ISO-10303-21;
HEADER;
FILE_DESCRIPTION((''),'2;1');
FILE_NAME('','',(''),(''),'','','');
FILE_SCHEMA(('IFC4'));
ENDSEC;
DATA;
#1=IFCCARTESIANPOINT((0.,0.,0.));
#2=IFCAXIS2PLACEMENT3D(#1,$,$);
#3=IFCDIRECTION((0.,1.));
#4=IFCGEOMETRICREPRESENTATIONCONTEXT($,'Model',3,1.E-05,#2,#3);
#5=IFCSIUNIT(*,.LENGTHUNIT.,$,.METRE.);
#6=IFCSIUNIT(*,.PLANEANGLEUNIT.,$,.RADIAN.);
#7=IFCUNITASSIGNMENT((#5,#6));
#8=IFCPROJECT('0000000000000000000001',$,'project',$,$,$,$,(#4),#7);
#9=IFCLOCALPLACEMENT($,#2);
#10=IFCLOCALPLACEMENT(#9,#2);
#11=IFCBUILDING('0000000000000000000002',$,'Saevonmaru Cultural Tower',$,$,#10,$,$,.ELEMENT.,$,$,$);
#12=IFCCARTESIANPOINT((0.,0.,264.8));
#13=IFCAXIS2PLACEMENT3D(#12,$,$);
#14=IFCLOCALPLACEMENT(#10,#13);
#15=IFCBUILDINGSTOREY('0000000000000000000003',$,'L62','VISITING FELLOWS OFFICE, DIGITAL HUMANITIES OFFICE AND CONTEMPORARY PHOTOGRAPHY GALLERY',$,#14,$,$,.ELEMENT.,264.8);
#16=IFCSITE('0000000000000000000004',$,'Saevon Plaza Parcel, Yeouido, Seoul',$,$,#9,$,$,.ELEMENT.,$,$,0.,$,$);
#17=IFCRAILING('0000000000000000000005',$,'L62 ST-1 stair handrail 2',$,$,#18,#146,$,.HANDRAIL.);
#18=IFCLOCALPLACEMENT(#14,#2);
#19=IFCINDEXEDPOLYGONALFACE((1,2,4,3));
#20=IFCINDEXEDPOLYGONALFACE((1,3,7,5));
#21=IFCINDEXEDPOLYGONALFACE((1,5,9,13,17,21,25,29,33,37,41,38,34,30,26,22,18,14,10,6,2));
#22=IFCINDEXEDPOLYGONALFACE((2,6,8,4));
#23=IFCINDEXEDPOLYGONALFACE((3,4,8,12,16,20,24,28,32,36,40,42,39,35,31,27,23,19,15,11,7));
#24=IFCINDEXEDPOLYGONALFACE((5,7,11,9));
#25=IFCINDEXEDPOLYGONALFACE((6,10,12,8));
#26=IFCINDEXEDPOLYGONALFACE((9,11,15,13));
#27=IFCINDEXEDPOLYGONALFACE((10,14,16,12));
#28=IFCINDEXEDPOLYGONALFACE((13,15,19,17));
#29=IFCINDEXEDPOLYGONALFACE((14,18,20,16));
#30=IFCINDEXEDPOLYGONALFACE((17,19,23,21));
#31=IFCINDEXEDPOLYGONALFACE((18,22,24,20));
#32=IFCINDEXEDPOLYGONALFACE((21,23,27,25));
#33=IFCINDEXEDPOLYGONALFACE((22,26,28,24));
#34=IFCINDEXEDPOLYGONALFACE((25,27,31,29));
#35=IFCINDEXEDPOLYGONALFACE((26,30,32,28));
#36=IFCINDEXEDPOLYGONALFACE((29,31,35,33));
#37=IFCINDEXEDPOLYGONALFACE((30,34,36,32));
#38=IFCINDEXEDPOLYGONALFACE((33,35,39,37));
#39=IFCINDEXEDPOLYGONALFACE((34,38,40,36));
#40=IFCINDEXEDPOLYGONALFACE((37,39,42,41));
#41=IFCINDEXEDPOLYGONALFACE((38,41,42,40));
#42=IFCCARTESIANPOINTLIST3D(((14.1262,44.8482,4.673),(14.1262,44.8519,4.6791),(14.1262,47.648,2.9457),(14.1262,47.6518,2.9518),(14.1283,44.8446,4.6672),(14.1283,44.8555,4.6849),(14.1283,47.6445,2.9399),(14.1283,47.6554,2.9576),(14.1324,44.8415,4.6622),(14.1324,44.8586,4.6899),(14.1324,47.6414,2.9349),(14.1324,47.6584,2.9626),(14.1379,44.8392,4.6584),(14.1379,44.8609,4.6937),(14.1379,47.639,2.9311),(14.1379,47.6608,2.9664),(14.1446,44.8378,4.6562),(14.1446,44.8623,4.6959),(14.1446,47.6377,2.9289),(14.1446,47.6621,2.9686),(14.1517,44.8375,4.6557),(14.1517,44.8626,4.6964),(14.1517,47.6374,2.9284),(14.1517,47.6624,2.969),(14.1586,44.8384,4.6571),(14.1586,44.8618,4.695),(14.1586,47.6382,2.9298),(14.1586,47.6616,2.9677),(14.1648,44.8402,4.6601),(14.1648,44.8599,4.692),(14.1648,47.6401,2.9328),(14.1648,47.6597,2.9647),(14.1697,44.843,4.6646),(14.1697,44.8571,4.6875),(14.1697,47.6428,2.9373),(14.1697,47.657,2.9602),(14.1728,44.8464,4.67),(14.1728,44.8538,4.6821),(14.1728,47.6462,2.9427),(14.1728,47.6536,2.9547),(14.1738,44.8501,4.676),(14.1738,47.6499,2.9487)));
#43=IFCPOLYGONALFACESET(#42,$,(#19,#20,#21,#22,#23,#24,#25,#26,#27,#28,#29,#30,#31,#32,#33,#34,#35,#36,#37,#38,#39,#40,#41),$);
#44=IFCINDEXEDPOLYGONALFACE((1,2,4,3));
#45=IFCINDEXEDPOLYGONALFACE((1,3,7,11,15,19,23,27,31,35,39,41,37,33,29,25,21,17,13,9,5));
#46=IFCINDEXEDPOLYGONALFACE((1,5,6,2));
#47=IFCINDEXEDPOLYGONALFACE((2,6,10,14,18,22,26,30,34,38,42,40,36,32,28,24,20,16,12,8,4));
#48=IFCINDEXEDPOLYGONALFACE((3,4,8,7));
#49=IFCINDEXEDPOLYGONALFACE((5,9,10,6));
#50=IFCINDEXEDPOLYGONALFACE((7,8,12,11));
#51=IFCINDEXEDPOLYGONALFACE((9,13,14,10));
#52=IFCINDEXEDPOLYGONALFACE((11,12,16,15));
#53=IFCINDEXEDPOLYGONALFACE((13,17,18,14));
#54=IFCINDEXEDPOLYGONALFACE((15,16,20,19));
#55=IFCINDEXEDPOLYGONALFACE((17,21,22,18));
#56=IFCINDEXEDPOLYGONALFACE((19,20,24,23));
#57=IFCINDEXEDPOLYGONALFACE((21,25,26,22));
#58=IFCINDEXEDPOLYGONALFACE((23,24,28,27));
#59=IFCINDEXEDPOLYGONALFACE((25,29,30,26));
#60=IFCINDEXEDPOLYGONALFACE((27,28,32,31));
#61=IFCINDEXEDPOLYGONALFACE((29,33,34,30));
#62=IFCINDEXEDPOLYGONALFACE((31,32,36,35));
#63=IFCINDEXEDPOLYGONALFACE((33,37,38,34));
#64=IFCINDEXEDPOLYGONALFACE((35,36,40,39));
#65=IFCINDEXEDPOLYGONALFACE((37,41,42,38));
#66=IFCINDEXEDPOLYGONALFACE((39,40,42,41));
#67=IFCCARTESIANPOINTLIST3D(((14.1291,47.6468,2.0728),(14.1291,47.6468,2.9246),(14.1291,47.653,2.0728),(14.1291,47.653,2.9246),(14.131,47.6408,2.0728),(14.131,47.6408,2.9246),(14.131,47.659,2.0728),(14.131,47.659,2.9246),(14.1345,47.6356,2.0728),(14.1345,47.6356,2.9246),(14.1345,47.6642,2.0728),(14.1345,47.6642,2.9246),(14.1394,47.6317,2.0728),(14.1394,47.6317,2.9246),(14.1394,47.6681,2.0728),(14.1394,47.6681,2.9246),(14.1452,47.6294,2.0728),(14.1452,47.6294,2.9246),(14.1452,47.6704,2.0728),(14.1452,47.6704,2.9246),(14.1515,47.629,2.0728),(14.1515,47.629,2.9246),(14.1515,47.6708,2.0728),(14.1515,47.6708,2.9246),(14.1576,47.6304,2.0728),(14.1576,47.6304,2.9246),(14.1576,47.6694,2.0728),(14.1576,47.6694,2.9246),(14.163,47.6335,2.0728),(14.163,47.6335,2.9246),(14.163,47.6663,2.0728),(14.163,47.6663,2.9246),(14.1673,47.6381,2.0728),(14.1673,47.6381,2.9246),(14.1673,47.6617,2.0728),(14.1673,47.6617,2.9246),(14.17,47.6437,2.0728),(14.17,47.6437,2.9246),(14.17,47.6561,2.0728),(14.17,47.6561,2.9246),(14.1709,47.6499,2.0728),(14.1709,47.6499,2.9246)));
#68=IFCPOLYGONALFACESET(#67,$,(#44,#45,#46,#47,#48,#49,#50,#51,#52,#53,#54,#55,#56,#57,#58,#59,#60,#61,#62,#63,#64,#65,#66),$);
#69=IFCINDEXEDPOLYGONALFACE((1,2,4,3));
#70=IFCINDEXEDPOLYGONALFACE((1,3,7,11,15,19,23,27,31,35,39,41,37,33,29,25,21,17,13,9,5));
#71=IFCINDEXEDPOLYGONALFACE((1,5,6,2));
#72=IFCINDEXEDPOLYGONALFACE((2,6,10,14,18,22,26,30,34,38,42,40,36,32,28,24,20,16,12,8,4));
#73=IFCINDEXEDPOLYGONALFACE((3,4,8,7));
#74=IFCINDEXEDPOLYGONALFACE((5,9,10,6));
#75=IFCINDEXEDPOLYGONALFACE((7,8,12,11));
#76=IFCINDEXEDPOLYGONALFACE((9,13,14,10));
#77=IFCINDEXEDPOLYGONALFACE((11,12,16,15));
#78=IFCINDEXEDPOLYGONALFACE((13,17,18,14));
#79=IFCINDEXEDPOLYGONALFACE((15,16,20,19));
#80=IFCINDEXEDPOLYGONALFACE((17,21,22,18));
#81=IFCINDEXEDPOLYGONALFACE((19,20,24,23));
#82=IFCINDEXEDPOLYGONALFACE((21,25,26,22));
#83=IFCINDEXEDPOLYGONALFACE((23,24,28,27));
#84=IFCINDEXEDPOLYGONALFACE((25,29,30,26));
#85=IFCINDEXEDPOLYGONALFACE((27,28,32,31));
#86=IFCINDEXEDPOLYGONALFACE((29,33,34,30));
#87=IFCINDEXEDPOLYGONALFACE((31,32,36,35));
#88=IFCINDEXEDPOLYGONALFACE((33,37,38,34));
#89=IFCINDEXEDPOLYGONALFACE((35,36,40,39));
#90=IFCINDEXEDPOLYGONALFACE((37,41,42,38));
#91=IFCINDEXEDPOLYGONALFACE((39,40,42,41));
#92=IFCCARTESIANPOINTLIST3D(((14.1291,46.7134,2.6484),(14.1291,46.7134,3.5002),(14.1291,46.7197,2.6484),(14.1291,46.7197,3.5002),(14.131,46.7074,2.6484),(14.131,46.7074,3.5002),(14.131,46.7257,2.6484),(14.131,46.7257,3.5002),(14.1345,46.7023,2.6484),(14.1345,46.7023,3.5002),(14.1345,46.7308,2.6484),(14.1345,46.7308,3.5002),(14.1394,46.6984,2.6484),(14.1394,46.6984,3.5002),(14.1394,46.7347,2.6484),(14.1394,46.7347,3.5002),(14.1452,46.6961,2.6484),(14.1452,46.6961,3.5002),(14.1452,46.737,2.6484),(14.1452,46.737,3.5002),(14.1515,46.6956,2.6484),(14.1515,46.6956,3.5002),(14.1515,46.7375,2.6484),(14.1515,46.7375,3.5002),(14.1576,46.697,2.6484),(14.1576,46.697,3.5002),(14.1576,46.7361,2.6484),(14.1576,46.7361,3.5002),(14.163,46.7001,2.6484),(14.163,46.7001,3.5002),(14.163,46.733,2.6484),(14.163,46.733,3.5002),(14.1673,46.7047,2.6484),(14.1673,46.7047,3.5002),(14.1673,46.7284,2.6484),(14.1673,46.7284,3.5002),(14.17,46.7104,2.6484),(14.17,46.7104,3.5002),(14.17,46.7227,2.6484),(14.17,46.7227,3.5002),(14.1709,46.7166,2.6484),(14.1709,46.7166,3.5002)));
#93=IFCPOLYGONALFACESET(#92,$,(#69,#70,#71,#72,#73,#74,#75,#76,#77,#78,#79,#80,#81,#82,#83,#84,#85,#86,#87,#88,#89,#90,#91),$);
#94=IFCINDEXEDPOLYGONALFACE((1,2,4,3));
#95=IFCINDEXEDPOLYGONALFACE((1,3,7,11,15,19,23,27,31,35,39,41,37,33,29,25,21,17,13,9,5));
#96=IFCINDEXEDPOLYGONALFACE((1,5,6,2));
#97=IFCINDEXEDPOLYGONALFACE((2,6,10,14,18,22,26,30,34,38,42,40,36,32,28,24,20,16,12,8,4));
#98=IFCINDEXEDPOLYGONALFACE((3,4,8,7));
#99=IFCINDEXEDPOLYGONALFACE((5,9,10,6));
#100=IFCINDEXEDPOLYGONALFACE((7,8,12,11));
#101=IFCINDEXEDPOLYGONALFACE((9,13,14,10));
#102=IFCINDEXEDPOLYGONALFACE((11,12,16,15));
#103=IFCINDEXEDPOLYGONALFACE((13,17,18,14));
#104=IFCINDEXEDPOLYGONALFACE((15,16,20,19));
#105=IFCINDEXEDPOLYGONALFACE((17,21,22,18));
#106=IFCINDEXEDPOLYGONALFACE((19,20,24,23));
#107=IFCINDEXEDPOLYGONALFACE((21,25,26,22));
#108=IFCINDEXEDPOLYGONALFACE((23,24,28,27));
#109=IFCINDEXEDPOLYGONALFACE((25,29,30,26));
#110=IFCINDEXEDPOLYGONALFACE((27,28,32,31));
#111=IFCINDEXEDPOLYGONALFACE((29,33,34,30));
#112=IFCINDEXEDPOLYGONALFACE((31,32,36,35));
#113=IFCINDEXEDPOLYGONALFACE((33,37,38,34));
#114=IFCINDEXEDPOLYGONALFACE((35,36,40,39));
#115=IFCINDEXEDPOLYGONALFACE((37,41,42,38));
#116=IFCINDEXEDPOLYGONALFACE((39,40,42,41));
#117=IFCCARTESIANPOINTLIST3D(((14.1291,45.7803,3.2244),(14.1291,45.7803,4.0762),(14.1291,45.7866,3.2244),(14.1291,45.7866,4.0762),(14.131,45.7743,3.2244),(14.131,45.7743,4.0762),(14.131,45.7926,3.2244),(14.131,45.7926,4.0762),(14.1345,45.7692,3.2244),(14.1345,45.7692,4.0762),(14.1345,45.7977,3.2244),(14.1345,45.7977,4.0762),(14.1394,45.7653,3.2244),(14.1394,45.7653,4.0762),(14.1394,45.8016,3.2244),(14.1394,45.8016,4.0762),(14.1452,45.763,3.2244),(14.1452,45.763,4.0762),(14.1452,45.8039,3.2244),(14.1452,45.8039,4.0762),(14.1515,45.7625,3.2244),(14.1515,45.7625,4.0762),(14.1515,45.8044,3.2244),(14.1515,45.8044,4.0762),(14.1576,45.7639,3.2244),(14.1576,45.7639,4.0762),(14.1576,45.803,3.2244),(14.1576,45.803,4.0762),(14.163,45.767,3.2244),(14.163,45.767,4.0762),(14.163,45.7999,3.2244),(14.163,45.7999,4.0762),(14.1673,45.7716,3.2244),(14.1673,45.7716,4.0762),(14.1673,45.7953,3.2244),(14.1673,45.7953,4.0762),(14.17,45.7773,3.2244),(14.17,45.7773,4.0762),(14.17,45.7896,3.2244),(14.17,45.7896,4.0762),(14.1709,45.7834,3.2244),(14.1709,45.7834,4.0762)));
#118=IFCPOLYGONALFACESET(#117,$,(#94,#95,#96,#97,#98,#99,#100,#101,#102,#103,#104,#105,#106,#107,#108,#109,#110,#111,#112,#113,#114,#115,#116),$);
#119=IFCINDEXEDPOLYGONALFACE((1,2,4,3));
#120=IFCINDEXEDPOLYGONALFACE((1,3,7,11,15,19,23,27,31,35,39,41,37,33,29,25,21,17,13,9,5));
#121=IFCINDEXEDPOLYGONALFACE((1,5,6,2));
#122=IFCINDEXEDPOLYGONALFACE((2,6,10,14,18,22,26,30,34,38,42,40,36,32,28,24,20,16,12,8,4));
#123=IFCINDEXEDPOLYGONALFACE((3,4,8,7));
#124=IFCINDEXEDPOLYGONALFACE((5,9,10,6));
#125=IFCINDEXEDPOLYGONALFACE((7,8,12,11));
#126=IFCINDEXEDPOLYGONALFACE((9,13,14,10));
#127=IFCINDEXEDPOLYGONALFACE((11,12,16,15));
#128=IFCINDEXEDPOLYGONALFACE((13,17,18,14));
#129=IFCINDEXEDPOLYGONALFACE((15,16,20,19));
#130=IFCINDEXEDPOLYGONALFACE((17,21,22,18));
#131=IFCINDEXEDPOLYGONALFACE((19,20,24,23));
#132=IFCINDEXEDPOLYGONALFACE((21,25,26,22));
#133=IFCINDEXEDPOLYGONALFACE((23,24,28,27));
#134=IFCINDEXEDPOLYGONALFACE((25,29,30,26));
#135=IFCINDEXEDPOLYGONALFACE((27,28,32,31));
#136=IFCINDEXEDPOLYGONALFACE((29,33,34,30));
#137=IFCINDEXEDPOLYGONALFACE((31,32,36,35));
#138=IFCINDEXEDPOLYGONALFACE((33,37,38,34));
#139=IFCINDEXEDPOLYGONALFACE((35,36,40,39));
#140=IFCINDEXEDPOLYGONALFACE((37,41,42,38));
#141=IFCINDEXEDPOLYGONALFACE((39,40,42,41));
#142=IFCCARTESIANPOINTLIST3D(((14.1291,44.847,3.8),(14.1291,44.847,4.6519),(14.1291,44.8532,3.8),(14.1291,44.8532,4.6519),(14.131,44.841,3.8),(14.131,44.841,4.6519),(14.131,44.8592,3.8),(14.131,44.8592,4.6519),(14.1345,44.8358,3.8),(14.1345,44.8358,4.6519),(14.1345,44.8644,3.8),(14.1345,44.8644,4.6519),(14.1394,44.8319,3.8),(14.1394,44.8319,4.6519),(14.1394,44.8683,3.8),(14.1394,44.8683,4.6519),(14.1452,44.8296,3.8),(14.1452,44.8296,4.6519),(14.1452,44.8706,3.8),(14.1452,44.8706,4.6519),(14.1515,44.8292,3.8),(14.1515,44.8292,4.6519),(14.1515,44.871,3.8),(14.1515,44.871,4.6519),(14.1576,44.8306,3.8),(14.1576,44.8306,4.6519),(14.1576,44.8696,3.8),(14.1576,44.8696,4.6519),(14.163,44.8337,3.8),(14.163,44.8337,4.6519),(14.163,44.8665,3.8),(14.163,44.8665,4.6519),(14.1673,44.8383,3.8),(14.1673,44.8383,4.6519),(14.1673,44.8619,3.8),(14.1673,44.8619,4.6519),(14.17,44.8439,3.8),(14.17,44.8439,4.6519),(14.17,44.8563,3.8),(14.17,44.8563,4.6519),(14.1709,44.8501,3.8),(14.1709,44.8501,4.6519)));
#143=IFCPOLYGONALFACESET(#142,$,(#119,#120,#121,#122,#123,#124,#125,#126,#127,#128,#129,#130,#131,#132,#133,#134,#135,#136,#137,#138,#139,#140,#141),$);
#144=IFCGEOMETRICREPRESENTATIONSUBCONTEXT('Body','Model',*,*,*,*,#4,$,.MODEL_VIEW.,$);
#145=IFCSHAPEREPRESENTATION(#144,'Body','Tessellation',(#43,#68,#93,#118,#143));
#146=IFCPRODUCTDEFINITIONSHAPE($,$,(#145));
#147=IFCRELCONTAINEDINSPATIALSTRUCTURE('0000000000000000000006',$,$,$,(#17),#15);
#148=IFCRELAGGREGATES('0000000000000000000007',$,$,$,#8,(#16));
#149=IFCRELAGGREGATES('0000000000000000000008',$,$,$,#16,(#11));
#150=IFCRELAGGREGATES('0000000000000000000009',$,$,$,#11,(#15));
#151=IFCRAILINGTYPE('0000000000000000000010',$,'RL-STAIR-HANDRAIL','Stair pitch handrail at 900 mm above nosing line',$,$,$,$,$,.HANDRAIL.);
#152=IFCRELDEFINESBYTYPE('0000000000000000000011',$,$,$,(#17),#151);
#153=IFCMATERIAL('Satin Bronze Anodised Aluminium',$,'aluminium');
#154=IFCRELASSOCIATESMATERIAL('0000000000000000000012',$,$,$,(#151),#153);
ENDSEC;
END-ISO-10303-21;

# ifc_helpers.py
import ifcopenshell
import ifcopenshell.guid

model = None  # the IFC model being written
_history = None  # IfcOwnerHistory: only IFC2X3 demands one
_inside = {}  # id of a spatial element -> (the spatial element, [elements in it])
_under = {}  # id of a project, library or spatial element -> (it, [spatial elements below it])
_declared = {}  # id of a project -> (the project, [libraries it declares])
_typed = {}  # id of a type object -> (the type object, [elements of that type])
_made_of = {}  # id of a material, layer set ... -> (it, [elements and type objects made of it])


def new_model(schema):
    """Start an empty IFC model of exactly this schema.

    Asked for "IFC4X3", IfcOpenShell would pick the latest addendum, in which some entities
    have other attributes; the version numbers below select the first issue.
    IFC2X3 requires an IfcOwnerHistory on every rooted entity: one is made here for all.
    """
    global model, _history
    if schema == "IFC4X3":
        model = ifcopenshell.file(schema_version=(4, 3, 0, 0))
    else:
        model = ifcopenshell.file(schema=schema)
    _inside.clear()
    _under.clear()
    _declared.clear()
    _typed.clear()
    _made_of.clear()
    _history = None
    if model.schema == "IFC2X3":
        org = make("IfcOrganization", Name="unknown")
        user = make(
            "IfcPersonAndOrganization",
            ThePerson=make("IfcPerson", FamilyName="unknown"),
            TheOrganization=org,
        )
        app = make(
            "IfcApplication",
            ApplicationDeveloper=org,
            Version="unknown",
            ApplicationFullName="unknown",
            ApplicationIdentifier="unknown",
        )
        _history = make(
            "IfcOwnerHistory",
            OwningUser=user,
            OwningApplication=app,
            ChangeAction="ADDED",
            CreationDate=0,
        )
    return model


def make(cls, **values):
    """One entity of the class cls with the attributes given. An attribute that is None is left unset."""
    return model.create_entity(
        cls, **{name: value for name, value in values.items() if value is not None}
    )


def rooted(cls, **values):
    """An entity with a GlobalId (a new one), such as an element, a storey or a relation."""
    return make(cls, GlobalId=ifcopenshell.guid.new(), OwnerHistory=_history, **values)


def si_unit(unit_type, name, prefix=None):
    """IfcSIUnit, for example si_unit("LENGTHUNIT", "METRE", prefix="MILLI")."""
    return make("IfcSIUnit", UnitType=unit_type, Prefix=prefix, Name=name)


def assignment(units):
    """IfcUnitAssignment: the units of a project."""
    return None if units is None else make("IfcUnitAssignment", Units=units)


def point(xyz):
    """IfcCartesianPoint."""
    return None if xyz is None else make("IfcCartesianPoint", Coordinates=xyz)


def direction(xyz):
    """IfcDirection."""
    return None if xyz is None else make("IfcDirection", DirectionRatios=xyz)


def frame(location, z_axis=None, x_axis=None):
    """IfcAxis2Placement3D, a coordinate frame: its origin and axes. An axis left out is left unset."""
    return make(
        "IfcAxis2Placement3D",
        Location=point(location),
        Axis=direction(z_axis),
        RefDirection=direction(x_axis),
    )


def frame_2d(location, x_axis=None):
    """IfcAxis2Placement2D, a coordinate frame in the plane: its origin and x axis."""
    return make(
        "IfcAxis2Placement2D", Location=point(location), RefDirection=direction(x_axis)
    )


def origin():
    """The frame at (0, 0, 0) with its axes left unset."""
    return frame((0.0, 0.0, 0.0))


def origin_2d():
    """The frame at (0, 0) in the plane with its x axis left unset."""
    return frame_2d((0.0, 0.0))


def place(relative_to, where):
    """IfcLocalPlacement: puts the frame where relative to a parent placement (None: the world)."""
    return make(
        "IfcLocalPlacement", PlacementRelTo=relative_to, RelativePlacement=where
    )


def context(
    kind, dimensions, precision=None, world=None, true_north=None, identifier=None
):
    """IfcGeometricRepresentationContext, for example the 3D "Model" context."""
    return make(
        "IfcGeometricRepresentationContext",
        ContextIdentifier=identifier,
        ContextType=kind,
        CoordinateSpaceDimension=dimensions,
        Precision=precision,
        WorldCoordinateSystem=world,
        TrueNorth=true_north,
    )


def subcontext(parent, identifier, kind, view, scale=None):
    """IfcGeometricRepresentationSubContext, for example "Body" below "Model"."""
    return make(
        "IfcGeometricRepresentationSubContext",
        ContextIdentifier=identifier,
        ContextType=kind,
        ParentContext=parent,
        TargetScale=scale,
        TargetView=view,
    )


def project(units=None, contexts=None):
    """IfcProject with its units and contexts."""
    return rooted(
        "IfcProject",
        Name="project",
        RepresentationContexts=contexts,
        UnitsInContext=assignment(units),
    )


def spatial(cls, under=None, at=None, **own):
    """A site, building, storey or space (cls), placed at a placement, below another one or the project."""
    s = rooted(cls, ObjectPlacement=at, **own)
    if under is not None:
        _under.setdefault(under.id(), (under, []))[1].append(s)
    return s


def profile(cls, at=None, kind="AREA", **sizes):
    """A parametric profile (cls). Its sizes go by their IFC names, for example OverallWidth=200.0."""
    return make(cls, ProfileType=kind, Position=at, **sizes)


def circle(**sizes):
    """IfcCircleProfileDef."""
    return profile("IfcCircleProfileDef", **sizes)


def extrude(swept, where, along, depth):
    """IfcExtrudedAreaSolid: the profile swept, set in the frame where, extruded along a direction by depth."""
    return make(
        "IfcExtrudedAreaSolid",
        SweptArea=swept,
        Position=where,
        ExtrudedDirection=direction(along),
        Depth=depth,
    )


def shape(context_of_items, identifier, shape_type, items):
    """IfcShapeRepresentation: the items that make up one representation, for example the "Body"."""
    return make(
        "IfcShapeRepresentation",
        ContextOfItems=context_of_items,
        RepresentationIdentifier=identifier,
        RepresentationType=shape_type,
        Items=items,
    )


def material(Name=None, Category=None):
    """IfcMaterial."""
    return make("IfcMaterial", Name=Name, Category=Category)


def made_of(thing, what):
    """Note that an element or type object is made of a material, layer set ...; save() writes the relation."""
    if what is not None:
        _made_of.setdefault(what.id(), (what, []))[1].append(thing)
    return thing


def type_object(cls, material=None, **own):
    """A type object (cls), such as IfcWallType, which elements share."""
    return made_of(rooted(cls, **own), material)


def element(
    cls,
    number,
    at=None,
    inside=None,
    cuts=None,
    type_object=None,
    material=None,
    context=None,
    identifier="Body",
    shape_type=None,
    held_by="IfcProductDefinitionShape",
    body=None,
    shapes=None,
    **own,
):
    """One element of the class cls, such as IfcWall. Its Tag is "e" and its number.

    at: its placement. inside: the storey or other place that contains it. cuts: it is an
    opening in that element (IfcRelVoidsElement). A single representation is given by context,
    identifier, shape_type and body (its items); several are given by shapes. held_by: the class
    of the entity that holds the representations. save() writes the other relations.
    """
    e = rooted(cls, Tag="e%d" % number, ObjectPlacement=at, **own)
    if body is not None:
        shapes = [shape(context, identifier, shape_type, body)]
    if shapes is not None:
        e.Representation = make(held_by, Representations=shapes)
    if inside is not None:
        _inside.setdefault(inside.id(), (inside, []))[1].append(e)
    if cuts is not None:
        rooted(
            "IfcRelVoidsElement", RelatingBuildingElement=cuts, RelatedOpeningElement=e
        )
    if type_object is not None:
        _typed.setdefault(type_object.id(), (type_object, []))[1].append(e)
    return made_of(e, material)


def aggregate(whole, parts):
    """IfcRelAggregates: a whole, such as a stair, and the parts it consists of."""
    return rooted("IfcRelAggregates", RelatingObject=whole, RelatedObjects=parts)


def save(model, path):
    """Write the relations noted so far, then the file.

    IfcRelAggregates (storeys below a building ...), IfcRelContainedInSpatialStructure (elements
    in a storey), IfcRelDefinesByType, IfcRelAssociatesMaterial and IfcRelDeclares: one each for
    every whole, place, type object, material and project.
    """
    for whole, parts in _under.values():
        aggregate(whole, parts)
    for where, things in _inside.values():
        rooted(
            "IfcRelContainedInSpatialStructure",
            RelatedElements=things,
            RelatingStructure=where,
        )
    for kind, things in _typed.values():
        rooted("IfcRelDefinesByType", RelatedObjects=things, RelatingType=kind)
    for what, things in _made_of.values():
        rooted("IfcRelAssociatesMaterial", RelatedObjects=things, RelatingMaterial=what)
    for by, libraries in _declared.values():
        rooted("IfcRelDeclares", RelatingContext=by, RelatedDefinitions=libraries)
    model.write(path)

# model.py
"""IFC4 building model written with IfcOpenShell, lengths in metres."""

from ifc_helpers import new_model, si_unit, direction, frame, origin, origin_2d, place, context, subcontext, project, spatial, circle, extrude, material, type_object, element, save


model = new_model("IFC4")

# Units and contexts
model_context = context("Model", 3, precision=1e-05, world=origin(), true_north=direction((0.0, 1.0)))
body_context = subcontext(model_context, "Body", "Model", "MODEL_VIEW")
ifc_project = project(units=[si_unit("LENGTHUNIT", "METRE"), si_unit("PLANEANGLEUNIT", "RADIAN")], contexts=[model_context])

# Site, building, storey
site_placement = place(None, origin())
site = spatial("IfcSite", under=ifc_project, at=site_placement, Name="Saevon Plaza Parcel, Yeouido, Seoul", CompositionType="ELEMENT", RefElevation=0.0)
building_placement = place(site_placement, origin())
building = spatial("IfcBuilding", under=site, at=building_placement, Name="Saevonmaru Cultural Tower", CompositionType="ELEMENT")
storey_placement = place(building_placement, frame((0.0, 0.0, 264.8)))
storey = spatial("IfcBuildingStorey", under=building, at=storey_placement, Name="L62", Description="VISITING FELLOWS OFFICE, DIGITAL HUMANITIES OFFICE AND CONTEMPORARY PHOTOGRAPHY GALLERY", CompositionType="ELEMENT", Elevation=264.8)

# Shared definitions
ifc_material_1 = material(Name="Satin Bronze Anodised Aluminium", Category="aluminium")

# Railing
railing_type_1 = type_object("IfcRailingType", Name="RL-STAIR-HANDRAIL", Description="Stair pitch handrail at 900 mm above nosing line", PredefinedType="HANDRAIL", material=ifc_material_1)
railing_1_placement = place(storey_placement, frame((14.1499, 47.6499, 2.0728)))
element("IfcRailing", 1, at=railing_1_placement, inside=storey, type_object=railing_type_1, Name="L62 ST-1 stair handrail 2", PredefinedType="HANDRAIL", context=body_context, shape_type="SweptSolid", body=[
    extrude(circle(Radius=0.0239, at=origin_2d()), frame((0.0, 0.0, 0.876), z_axis=(0.0, -0.851069, 0.525054), x_axis=(1.0, 0.0, 0.0)), (0.0, 0.0, 1.0), 3.2898),
    extrude(circle(Radius=0.021, at=origin_2d()), origin(), (0.0, 0.0, 1.0), 0.8518),
    extrude(circle(Radius=0.021, at=origin_2d()), frame((0.0, -0.9333, 0.5757)), (0.0, 0.0, 1.0), 0.8518),
    extrude(circle(Radius=0.021, at=origin_2d()), frame((0.0, -1.8665, 1.1516)), (0.0, 0.0, 1.0), 0.8518),
    extrude(circle(Radius=0.021, at=origin_2d()), frame((0.0, -2.7998, 1.7273)), (0.0, 0.0, 1.0), 0.8518),
])

save(model, "model.ifc")
